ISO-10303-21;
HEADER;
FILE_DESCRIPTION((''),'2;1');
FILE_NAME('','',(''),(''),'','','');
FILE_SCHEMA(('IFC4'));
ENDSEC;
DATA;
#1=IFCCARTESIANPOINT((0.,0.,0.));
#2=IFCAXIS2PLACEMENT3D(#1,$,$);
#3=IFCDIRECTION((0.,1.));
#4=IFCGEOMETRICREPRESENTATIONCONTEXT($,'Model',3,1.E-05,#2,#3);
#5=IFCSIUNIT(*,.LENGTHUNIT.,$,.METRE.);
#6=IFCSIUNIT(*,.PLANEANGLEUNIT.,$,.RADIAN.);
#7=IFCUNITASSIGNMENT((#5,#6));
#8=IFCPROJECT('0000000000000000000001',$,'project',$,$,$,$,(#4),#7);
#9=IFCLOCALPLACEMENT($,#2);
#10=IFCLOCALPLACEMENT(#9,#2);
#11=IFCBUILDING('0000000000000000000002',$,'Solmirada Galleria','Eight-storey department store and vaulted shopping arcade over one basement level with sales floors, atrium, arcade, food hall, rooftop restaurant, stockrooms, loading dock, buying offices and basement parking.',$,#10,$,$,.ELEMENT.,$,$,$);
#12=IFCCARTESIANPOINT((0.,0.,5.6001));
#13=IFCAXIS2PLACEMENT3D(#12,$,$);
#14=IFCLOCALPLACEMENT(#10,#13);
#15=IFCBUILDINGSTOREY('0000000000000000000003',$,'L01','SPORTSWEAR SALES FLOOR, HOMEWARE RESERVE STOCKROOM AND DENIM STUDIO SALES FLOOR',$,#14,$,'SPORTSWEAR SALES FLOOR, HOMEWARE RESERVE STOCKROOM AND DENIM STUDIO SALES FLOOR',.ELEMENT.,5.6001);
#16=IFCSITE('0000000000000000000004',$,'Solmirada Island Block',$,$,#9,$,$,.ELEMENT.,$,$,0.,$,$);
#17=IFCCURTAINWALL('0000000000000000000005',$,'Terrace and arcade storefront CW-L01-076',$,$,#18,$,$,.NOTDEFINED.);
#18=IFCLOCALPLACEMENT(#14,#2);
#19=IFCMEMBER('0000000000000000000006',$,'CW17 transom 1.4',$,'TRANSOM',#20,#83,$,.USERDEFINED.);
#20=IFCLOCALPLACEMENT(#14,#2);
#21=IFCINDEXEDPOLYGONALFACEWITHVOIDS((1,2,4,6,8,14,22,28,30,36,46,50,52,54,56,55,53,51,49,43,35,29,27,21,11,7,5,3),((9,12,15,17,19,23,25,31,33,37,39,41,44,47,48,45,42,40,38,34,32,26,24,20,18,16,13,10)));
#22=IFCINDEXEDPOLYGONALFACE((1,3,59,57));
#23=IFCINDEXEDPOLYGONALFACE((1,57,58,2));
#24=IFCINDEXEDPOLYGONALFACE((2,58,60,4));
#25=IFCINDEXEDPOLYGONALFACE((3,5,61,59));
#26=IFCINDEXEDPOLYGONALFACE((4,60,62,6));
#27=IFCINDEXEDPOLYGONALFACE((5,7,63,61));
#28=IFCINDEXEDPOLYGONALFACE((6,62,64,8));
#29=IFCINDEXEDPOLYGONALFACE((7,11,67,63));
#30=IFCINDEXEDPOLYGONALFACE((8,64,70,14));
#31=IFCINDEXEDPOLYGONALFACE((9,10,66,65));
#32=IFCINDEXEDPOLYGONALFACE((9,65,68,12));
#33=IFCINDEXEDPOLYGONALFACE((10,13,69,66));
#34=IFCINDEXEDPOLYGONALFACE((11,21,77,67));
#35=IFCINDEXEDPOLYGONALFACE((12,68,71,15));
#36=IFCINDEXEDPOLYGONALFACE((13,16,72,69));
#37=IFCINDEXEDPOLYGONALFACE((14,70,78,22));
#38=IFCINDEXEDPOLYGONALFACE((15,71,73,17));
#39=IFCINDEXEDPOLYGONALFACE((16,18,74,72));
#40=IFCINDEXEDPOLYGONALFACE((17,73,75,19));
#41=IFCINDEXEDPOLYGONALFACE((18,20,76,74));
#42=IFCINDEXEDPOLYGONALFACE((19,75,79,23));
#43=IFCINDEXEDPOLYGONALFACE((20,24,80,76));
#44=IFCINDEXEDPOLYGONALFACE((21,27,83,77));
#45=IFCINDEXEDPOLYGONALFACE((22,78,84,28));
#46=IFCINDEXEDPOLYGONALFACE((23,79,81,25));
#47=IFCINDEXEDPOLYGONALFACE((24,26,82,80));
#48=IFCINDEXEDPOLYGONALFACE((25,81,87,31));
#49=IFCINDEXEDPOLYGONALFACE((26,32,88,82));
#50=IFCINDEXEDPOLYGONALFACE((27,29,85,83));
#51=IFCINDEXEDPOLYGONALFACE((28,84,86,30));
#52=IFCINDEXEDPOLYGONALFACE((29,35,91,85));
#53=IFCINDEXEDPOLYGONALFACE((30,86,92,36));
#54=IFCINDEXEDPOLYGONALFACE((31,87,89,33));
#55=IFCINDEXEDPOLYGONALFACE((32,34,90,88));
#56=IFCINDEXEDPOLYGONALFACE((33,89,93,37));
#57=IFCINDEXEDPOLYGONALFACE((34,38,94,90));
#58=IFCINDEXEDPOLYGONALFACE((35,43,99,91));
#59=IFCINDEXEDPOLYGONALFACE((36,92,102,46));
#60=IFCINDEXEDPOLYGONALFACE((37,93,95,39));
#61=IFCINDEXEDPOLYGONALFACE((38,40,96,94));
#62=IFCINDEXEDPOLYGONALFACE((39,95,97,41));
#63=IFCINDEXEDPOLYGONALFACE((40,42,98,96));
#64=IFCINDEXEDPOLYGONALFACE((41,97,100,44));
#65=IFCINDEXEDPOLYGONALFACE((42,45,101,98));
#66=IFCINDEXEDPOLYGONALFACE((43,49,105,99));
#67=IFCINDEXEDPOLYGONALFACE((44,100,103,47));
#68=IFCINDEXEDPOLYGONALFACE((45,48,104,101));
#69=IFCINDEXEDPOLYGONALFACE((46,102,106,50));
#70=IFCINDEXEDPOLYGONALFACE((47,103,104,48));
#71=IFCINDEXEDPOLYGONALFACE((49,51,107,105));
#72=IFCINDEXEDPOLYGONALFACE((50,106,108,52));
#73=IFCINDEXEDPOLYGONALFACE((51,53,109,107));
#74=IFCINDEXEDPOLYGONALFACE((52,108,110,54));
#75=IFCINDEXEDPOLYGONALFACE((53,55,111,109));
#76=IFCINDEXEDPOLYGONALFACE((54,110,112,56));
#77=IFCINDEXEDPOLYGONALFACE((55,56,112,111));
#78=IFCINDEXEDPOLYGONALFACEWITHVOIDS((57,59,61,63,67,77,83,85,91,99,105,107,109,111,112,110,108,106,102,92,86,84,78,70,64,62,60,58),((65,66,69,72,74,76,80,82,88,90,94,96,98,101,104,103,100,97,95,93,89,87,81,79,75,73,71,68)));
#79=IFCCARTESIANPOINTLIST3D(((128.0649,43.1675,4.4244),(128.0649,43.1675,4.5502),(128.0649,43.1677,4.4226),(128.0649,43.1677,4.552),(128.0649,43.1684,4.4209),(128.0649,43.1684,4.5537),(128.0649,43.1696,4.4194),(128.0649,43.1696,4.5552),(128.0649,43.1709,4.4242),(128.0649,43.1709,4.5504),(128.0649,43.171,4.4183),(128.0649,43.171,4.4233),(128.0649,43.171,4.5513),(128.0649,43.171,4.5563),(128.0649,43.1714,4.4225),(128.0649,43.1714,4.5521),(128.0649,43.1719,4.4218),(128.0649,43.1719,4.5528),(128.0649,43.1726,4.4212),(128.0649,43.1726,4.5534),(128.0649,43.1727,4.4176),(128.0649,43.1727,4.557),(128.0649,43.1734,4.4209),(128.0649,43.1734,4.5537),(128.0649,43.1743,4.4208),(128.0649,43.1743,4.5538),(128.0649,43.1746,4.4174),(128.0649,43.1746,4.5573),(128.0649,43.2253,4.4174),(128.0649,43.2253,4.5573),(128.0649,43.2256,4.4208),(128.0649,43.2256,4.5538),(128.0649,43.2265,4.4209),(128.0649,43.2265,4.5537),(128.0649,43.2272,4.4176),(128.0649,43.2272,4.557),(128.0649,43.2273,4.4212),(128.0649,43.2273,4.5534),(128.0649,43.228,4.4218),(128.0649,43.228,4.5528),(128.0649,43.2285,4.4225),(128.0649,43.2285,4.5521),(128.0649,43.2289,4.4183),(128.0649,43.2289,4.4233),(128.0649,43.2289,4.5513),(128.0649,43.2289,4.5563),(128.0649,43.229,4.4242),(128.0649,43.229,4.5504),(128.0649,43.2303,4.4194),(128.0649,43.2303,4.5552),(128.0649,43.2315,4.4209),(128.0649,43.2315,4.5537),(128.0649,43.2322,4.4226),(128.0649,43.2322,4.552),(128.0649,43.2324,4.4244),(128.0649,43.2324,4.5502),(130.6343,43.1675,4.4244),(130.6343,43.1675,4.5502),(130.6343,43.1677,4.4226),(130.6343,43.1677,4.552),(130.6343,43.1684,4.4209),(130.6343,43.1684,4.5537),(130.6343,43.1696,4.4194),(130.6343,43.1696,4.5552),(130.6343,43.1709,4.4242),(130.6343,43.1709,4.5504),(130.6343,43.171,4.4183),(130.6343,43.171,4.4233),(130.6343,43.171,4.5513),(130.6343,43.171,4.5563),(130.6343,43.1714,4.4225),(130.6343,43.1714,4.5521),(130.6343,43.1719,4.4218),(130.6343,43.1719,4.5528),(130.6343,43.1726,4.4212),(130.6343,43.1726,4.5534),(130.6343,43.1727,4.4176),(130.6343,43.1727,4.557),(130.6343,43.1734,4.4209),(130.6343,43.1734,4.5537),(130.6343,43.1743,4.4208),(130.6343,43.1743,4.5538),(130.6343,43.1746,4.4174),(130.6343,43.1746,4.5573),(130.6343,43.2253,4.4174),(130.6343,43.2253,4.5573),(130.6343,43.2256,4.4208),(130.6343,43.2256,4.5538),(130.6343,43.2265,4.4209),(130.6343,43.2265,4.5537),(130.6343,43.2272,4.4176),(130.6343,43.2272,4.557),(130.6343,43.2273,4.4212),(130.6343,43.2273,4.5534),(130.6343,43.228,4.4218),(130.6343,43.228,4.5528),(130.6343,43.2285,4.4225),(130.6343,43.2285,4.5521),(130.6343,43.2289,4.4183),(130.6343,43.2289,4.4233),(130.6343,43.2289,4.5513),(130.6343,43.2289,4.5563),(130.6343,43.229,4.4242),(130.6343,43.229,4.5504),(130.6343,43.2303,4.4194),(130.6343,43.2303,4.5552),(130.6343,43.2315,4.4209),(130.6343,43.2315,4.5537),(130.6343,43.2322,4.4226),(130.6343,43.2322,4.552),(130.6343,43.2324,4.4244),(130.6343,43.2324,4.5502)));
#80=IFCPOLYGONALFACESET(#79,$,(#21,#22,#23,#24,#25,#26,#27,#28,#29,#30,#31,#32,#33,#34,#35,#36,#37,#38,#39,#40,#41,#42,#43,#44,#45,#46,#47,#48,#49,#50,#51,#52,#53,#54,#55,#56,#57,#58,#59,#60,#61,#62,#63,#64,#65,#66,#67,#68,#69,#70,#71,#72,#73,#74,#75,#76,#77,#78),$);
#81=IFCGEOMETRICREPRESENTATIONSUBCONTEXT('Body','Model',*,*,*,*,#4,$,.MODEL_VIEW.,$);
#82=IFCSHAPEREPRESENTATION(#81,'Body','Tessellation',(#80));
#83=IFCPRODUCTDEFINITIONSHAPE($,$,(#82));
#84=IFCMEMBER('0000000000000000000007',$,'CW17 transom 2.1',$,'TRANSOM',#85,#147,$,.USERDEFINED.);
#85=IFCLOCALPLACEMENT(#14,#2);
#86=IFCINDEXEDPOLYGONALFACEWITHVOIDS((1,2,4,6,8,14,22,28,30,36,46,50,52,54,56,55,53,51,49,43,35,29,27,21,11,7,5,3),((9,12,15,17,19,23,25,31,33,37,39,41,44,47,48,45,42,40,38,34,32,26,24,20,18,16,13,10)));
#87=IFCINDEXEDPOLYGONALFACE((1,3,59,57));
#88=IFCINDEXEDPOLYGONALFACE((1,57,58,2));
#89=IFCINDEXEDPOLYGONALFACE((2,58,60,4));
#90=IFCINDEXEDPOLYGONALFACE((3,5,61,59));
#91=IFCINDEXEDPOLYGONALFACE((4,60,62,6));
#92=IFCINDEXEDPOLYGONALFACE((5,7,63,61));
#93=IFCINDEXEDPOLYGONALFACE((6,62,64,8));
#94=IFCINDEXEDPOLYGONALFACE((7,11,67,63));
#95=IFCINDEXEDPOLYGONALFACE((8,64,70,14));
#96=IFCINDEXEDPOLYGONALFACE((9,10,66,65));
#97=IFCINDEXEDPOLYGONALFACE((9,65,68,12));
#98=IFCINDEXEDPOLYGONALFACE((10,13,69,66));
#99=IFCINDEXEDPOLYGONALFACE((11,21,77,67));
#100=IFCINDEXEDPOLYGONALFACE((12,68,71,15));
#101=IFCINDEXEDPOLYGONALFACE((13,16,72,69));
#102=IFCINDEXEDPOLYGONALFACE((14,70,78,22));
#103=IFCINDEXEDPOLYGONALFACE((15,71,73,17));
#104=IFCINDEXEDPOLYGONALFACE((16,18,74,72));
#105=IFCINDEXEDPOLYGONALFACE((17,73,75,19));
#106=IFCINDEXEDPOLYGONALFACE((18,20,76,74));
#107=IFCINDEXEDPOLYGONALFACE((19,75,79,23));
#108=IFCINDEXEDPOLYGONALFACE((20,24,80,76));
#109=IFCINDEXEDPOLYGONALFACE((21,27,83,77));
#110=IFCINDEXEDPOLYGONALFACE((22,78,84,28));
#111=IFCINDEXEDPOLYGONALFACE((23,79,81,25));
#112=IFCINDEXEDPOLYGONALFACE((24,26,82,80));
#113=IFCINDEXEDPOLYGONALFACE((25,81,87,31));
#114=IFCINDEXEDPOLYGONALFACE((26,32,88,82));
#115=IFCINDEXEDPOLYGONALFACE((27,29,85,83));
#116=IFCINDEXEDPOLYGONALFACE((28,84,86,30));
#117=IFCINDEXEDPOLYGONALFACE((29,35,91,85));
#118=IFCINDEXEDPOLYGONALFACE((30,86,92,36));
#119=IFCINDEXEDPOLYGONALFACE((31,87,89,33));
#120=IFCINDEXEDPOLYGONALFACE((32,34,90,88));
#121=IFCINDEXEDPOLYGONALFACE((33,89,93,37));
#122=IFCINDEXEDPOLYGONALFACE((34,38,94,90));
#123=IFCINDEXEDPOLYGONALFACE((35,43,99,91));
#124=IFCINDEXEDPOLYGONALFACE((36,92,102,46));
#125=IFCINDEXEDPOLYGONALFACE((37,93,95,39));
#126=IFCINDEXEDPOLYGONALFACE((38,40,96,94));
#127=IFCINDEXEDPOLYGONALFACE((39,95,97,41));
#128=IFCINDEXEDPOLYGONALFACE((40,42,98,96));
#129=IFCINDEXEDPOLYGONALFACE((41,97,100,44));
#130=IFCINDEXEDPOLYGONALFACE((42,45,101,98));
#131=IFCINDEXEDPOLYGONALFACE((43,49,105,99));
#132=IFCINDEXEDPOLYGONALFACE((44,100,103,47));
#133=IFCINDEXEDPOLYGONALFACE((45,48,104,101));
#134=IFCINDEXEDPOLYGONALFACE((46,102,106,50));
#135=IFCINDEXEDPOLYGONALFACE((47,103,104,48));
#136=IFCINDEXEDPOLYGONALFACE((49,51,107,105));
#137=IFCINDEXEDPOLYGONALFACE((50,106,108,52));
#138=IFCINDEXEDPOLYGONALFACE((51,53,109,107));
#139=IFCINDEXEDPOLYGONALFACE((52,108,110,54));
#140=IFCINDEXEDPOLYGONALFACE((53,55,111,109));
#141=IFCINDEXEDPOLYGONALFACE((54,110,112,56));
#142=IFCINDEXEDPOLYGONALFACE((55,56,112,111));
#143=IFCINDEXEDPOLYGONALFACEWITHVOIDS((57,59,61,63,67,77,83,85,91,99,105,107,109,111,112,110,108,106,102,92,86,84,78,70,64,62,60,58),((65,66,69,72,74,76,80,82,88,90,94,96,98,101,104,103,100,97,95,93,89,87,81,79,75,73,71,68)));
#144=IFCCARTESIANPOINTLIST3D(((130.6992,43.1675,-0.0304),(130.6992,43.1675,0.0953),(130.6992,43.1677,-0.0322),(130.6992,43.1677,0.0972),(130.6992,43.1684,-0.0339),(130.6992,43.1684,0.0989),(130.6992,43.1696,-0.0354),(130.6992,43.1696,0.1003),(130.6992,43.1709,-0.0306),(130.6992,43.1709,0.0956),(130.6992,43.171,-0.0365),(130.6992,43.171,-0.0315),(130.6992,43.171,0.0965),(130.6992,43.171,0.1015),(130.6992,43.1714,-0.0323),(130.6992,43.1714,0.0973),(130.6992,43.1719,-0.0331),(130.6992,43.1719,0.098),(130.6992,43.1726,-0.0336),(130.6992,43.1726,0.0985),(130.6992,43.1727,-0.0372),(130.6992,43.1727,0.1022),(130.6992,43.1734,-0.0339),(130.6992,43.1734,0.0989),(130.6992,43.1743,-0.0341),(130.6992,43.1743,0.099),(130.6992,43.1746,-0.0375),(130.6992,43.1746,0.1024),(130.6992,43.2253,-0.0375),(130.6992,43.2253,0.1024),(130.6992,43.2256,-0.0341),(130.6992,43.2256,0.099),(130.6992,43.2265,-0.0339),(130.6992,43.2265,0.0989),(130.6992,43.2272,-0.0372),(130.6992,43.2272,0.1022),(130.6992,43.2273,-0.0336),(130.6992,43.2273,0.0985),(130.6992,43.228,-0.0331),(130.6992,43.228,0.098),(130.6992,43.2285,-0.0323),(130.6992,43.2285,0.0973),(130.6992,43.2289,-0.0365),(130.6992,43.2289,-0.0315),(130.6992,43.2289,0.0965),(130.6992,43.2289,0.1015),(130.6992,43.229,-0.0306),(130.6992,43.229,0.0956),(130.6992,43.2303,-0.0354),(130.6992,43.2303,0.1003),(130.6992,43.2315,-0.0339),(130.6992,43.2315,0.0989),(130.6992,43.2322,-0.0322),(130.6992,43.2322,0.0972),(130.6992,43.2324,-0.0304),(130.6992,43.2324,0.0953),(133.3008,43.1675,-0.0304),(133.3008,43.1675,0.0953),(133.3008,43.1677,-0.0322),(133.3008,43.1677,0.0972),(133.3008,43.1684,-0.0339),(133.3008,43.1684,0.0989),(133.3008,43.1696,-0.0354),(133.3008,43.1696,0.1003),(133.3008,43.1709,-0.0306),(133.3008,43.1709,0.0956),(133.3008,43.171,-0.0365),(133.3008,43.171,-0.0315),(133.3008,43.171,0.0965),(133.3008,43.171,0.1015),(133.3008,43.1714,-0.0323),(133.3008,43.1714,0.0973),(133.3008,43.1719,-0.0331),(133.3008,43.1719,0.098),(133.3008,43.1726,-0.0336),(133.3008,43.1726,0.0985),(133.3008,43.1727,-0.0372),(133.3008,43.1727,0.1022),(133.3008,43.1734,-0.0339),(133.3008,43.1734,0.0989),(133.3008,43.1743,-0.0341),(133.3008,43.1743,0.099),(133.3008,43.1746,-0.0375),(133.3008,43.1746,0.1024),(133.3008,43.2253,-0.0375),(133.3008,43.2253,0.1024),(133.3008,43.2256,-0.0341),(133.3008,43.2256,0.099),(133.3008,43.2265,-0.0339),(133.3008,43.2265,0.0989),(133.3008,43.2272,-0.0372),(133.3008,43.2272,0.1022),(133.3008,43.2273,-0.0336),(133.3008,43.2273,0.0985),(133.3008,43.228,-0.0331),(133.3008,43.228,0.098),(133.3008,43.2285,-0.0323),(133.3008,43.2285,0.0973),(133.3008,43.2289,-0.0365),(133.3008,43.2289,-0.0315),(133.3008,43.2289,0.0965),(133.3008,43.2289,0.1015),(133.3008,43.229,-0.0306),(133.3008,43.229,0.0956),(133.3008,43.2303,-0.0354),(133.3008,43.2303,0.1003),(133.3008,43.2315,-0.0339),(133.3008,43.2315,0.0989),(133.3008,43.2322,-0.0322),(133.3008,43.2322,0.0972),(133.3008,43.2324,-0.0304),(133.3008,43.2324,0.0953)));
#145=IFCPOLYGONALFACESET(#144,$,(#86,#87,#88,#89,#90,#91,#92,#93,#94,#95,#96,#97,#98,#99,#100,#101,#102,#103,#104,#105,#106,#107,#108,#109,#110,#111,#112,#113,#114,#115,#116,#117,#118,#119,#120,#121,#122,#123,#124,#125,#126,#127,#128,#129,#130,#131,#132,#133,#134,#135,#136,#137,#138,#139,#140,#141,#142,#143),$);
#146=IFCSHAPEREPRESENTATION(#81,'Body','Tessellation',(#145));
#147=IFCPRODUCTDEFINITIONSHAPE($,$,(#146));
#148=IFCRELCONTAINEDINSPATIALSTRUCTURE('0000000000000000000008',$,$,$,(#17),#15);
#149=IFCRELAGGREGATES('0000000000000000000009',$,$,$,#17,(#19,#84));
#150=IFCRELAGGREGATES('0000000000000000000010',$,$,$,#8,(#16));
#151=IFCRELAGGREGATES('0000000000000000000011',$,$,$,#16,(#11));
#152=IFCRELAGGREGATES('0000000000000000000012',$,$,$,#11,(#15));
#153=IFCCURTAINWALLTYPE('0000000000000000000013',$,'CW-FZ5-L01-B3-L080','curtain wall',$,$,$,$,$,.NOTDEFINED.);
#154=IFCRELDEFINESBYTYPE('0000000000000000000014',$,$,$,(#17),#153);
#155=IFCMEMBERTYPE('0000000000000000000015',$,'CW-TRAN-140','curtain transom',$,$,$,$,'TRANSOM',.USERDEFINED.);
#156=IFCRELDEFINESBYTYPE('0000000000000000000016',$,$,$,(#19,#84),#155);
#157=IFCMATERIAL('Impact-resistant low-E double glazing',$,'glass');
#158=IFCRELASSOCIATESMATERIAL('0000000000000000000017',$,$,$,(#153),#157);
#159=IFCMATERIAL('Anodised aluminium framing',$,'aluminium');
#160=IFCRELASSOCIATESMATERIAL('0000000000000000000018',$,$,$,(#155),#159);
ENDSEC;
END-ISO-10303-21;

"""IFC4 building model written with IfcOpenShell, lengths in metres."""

from ifc_helpers import new_model, si_unit, direction, frame, origin, origin_2d, place, context, subcontext, project, spatial, hollow_rectangle, extrude, material, material_profile, profile_set, type_object, element, aggregate, save


model = new_model("IFC4")

# Units and contexts
model_context = context("Model", 3, precision=1e-05, world=origin(), true_north=direction((0.0, 1.0)))
body_context = subcontext(model_context, "Body", "Model", "MODEL_VIEW")
ifc_project = project(units=[si_unit("LENGTHUNIT", "METRE"), si_unit("PLANEANGLEUNIT", "RADIAN")], contexts=[model_context])

# Site, building, storey
site_placement = place(None, origin())
site = spatial("IfcSite", under=ifc_project, at=site_placement, Name="Solmirada Island Block", CompositionType="ELEMENT", RefElevation=0.0)
building_placement = place(site_placement, origin())
building = spatial("IfcBuilding", under=site, at=building_placement, Name="Solmirada Galleria", Description="Eight-storey department store and vaulted shopping arcade over one basement level with sales floors, atrium, arcade, food hall, rooftop restaurant, stockrooms, loading dock, buying offices and basement parking.", CompositionType="ELEMENT")
storey_placement = place(building_placement, frame((0.0, 0.0, 5.6001)))
storey = spatial("IfcBuildingStorey", under=building, at=storey_placement, Name="L01", Description="SPORTSWEAR SALES FLOOR, HOMEWARE RESERVE STOCKROOM AND DENIM STUDIO SALES FLOOR", LongName="SPORTSWEAR SALES FLOOR, HOMEWARE RESERVE STOCKROOM AND DENIM STUDIO SALES FLOOR", CompositionType="ELEMENT", Elevation=5.6001)

# Curtain wall
ifc_material_1 = material(Name="Impact-resistant low-E double glazing", Category="glass")
curtain_wall_type = type_object("IfcCurtainWallType", Name="CW-FZ5-L01-B3-L080", Description="curtain wall", PredefinedType="NOTDEFINED", material=ifc_material_1)
curtain_wall_1_placement = place(storey_placement, origin())
curtain_wall_1 = element("IfcCurtainWall", 1, at=curtain_wall_1_placement, inside=storey, type_object=curtain_wall_type, Name="Terrace and arcade storefront CW-L01-076", PredefinedType="NOTDEFINED")
ifc_material_2 = material(Name="Anodised aluminium framing", Category="aluminium")

# Members
ifc_material_profile_1 = material_profile(ifc_material_2, hollow_rectangle(XDim=0.0649, YDim=0.1399, WallThickness=0.0034, InnerFilletRadius=0.0034, OuterFilletRadius=0.0071, at=origin_2d()), Name="ALU-TRAN-140X65")
ifc_profile_set_1 = profile_set([ifc_material_profile_1], Name="Anodised aluminium framing")
member_type_1 = type_object("IfcMemberType", Name="CW-TRAN-140", Description="curtain transom", ElementType="TRANSOM", PredefinedType="USERDEFINED", material=ifc_profile_set_1)
member_1_placement = place(storey_placement, frame((128.0649, 43.2, 4.4873), z_axis=(1.0, 0.0, 0.0), x_axis=(0.0, 1.0, 0.0)))
member_1 = element("IfcMember", 2, at=member_1_placement, type_object=member_type_1, Name="CW17 transom 1.4", ObjectType="TRANSOM", PredefinedType="USERDEFINED", context=body_context, shape_type="SweptSolid", body=[
    extrude(hollow_rectangle(XDim=0.0649, YDim=0.1399, WallThickness=0.0034, InnerFilletRadius=0.0034, OuterFilletRadius=0.0071, at=origin_2d()), origin(), (0.0, 0.0, 1.0), 2.5693),
])
member_2_placement = place(storey_placement, frame((130.6992, 43.2, 0.0325), z_axis=(1.0, 0.0, 0.0), x_axis=(0.0, 1.0, 0.0)))
member_2 = element("IfcMember", 3, at=member_2_placement, type_object=member_type_1, Name="CW17 transom 2.1", ObjectType="TRANSOM", PredefinedType="USERDEFINED", context=body_context, shape_type="SweptSolid", body=[
    extrude(hollow_rectangle(XDim=0.0649, YDim=0.1399, WallThickness=0.0034, InnerFilletRadius=0.0034, OuterFilletRadius=0.0071, at=origin_2d()), origin(), (0.0, 0.0, 1.0), 2.6016),
])

aggregate(curtain_wall_1, [member_1, member_2])

save(model, "model.ifc")
